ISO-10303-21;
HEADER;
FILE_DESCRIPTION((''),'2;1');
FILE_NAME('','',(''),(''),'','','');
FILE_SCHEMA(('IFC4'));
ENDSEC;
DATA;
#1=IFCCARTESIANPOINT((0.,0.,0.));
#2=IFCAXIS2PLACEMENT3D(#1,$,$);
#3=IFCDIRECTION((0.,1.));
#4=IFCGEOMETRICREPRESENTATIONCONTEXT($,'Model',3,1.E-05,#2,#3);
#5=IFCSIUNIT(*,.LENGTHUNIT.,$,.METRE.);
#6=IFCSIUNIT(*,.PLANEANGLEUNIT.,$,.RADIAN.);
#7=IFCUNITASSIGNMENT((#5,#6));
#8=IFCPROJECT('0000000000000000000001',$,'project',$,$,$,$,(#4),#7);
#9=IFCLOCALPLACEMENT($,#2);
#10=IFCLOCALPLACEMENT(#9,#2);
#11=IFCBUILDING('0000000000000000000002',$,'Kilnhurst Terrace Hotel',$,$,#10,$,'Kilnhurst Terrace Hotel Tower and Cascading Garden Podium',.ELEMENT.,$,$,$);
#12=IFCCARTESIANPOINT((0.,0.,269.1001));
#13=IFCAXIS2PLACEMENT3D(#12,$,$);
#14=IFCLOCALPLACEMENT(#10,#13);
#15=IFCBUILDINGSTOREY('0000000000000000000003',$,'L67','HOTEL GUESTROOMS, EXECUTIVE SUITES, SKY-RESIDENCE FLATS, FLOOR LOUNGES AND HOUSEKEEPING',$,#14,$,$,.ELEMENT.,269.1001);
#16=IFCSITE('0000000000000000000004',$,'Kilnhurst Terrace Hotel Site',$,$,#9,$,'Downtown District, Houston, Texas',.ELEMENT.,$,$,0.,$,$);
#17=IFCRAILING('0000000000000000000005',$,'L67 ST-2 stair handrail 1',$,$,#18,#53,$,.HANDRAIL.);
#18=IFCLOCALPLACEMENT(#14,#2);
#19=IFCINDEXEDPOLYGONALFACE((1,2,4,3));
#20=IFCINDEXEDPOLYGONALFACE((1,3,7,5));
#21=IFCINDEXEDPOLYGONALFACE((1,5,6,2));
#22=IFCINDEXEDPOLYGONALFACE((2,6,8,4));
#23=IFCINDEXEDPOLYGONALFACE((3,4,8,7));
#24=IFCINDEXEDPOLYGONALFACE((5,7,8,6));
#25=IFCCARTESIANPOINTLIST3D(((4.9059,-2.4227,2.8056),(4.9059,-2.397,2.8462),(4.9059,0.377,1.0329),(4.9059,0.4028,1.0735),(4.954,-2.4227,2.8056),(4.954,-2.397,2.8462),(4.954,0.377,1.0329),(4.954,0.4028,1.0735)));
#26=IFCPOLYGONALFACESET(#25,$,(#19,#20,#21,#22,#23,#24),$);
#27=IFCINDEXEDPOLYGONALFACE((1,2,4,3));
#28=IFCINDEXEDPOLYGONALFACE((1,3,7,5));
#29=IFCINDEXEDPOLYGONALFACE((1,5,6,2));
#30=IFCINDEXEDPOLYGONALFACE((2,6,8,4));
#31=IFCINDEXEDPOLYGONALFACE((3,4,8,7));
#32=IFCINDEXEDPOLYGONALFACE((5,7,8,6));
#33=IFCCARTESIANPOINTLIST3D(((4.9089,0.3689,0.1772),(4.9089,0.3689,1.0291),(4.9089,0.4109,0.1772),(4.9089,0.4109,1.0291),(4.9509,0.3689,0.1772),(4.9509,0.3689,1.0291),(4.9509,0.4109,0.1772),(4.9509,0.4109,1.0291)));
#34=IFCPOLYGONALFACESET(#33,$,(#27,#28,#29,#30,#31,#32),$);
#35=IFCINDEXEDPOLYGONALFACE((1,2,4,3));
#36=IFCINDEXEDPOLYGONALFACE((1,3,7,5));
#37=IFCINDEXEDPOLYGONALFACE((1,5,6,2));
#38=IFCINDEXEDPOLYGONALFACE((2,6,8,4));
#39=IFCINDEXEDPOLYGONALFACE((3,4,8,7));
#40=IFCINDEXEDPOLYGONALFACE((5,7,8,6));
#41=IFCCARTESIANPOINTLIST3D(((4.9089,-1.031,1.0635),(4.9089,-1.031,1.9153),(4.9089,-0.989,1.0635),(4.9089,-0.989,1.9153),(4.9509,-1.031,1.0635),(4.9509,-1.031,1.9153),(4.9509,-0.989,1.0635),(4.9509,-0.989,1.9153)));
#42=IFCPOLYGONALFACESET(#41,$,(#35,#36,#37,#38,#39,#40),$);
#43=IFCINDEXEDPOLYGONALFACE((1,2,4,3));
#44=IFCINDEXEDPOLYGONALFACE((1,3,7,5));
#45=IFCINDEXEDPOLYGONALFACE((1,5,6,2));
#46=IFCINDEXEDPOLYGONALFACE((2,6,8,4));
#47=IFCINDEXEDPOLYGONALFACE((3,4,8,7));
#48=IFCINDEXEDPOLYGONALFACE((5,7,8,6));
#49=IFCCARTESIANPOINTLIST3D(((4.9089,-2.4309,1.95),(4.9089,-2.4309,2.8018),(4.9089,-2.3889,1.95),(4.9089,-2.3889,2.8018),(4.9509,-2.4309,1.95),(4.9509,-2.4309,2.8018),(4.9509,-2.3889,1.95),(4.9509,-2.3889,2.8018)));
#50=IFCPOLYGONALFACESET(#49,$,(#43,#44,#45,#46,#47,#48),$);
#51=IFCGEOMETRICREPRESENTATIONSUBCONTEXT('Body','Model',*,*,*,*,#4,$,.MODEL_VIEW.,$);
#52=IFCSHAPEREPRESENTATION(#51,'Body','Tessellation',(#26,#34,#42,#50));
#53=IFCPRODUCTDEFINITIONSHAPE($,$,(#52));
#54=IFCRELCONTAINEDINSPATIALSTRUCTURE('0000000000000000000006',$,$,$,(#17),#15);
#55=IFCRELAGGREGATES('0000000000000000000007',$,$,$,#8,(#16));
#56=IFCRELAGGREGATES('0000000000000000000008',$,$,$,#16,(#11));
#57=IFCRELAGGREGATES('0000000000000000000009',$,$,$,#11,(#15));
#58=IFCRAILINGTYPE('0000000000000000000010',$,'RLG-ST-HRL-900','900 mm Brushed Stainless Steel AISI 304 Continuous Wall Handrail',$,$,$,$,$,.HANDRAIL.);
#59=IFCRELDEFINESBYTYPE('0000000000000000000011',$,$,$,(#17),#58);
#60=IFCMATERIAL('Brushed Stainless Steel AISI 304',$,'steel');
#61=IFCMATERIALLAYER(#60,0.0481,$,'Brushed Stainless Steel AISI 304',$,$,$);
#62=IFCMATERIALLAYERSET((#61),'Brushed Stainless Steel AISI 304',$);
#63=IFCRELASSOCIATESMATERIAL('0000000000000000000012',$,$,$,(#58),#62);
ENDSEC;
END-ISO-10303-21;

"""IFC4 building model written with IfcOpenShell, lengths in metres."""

from ifc_helpers import new_model, si_unit, direction, frame, origin, origin_2d, place, context, subcontext, project, spatial, rectangle, extrude, material, layer, layer_set, type_object, element, save


model = new_model("IFC4")

# Units and contexts
model_context = context("Model", 3, precision=1e-05, world=origin(), true_north=direction((0.0, 1.0)))
body_context = subcontext(model_context, "Body", "Model", "MODEL_VIEW")
ifc_project = project(units=[si_unit("LENGTHUNIT", "METRE"), si_unit("PLANEANGLEUNIT", "RADIAN")], contexts=[model_context])

# Site, building, storey
site_placement = place(None, origin())
site = spatial("IfcSite", under=ifc_project, at=site_placement, Name="Kilnhurst Terrace Hotel Site", LongName="Downtown District, Houston, Texas", CompositionType="ELEMENT", RefElevation=0.0)
building_placement = place(site_placement, origin())
building = spatial("IfcBuilding", under=site, at=building_placement, Name="Kilnhurst Terrace Hotel", LongName="Kilnhurst Terrace Hotel Tower and Cascading Garden Podium", CompositionType="ELEMENT")
storey_placement = place(building_placement, frame((0.0, 0.0, 269.1001)))
storey = spatial("IfcBuildingStorey", under=building, at=storey_placement, Name="L67", Description="HOTEL GUESTROOMS, EXECUTIVE SUITES, SKY-RESIDENCE FLATS, FLOOR LOUNGES AND HOUSEKEEPING", CompositionType="ELEMENT", Elevation=269.1001)

# Railing
ifc_material_1 = material(Name="Brushed Stainless Steel AISI 304", Category="steel")
ifc_layer_1 = layer(ifc_material_1, 0.0481, Name="Brushed Stainless Steel AISI 304")
ifc_layer_set_1 = layer_set([ifc_layer_1], Name="Brushed Stainless Steel AISI 304")
railing_type_1 = type_object("IfcRailingType", Name="RLG-ST-HRL-900", Description="900 mm Brushed Stainless Steel AISI 304 Continuous Wall Handrail", PredefinedType="HANDRAIL", material=ifc_layer_set_1)
railing_1_placement = place(storey_placement, frame((4.9299, 0.3899, 0.1772)))
element("IfcRailing", 1, at=railing_1_placement, inside=storey, type_object=railing_type_1, Name="L67 ST-2 stair handrail 1", PredefinedType="HANDRAIL", context=body_context, shape_type="SweptSolid", body=[
    extrude(rectangle(XDim=0.0481, YDim=0.0481, at=origin_2d()), frame((0.0, 0.0, 0.876), z_axis=(0.0, -0.844888, 0.534943), x_axis=(1.0, 0.0, 0.0)), (0.0, 0.0, 1.0), 3.3137),
    extrude(rectangle(XDim=0.042, YDim=0.042, at=origin_2d()), origin(), (0.0, 0.0, 1.0), 0.8518),
    extrude(rectangle(XDim=0.042, YDim=0.042, at=origin_2d()), frame((0.0, -1.3999, 0.8862)), (0.0, 0.0, 1.0), 0.8518),
    extrude(rectangle(XDim=0.042, YDim=0.042, at=origin_2d()), frame((0.0, -2.7998, 1.7727)), (0.0, 0.0, 1.0), 0.8518),
])

save(model, "model.ifc")
